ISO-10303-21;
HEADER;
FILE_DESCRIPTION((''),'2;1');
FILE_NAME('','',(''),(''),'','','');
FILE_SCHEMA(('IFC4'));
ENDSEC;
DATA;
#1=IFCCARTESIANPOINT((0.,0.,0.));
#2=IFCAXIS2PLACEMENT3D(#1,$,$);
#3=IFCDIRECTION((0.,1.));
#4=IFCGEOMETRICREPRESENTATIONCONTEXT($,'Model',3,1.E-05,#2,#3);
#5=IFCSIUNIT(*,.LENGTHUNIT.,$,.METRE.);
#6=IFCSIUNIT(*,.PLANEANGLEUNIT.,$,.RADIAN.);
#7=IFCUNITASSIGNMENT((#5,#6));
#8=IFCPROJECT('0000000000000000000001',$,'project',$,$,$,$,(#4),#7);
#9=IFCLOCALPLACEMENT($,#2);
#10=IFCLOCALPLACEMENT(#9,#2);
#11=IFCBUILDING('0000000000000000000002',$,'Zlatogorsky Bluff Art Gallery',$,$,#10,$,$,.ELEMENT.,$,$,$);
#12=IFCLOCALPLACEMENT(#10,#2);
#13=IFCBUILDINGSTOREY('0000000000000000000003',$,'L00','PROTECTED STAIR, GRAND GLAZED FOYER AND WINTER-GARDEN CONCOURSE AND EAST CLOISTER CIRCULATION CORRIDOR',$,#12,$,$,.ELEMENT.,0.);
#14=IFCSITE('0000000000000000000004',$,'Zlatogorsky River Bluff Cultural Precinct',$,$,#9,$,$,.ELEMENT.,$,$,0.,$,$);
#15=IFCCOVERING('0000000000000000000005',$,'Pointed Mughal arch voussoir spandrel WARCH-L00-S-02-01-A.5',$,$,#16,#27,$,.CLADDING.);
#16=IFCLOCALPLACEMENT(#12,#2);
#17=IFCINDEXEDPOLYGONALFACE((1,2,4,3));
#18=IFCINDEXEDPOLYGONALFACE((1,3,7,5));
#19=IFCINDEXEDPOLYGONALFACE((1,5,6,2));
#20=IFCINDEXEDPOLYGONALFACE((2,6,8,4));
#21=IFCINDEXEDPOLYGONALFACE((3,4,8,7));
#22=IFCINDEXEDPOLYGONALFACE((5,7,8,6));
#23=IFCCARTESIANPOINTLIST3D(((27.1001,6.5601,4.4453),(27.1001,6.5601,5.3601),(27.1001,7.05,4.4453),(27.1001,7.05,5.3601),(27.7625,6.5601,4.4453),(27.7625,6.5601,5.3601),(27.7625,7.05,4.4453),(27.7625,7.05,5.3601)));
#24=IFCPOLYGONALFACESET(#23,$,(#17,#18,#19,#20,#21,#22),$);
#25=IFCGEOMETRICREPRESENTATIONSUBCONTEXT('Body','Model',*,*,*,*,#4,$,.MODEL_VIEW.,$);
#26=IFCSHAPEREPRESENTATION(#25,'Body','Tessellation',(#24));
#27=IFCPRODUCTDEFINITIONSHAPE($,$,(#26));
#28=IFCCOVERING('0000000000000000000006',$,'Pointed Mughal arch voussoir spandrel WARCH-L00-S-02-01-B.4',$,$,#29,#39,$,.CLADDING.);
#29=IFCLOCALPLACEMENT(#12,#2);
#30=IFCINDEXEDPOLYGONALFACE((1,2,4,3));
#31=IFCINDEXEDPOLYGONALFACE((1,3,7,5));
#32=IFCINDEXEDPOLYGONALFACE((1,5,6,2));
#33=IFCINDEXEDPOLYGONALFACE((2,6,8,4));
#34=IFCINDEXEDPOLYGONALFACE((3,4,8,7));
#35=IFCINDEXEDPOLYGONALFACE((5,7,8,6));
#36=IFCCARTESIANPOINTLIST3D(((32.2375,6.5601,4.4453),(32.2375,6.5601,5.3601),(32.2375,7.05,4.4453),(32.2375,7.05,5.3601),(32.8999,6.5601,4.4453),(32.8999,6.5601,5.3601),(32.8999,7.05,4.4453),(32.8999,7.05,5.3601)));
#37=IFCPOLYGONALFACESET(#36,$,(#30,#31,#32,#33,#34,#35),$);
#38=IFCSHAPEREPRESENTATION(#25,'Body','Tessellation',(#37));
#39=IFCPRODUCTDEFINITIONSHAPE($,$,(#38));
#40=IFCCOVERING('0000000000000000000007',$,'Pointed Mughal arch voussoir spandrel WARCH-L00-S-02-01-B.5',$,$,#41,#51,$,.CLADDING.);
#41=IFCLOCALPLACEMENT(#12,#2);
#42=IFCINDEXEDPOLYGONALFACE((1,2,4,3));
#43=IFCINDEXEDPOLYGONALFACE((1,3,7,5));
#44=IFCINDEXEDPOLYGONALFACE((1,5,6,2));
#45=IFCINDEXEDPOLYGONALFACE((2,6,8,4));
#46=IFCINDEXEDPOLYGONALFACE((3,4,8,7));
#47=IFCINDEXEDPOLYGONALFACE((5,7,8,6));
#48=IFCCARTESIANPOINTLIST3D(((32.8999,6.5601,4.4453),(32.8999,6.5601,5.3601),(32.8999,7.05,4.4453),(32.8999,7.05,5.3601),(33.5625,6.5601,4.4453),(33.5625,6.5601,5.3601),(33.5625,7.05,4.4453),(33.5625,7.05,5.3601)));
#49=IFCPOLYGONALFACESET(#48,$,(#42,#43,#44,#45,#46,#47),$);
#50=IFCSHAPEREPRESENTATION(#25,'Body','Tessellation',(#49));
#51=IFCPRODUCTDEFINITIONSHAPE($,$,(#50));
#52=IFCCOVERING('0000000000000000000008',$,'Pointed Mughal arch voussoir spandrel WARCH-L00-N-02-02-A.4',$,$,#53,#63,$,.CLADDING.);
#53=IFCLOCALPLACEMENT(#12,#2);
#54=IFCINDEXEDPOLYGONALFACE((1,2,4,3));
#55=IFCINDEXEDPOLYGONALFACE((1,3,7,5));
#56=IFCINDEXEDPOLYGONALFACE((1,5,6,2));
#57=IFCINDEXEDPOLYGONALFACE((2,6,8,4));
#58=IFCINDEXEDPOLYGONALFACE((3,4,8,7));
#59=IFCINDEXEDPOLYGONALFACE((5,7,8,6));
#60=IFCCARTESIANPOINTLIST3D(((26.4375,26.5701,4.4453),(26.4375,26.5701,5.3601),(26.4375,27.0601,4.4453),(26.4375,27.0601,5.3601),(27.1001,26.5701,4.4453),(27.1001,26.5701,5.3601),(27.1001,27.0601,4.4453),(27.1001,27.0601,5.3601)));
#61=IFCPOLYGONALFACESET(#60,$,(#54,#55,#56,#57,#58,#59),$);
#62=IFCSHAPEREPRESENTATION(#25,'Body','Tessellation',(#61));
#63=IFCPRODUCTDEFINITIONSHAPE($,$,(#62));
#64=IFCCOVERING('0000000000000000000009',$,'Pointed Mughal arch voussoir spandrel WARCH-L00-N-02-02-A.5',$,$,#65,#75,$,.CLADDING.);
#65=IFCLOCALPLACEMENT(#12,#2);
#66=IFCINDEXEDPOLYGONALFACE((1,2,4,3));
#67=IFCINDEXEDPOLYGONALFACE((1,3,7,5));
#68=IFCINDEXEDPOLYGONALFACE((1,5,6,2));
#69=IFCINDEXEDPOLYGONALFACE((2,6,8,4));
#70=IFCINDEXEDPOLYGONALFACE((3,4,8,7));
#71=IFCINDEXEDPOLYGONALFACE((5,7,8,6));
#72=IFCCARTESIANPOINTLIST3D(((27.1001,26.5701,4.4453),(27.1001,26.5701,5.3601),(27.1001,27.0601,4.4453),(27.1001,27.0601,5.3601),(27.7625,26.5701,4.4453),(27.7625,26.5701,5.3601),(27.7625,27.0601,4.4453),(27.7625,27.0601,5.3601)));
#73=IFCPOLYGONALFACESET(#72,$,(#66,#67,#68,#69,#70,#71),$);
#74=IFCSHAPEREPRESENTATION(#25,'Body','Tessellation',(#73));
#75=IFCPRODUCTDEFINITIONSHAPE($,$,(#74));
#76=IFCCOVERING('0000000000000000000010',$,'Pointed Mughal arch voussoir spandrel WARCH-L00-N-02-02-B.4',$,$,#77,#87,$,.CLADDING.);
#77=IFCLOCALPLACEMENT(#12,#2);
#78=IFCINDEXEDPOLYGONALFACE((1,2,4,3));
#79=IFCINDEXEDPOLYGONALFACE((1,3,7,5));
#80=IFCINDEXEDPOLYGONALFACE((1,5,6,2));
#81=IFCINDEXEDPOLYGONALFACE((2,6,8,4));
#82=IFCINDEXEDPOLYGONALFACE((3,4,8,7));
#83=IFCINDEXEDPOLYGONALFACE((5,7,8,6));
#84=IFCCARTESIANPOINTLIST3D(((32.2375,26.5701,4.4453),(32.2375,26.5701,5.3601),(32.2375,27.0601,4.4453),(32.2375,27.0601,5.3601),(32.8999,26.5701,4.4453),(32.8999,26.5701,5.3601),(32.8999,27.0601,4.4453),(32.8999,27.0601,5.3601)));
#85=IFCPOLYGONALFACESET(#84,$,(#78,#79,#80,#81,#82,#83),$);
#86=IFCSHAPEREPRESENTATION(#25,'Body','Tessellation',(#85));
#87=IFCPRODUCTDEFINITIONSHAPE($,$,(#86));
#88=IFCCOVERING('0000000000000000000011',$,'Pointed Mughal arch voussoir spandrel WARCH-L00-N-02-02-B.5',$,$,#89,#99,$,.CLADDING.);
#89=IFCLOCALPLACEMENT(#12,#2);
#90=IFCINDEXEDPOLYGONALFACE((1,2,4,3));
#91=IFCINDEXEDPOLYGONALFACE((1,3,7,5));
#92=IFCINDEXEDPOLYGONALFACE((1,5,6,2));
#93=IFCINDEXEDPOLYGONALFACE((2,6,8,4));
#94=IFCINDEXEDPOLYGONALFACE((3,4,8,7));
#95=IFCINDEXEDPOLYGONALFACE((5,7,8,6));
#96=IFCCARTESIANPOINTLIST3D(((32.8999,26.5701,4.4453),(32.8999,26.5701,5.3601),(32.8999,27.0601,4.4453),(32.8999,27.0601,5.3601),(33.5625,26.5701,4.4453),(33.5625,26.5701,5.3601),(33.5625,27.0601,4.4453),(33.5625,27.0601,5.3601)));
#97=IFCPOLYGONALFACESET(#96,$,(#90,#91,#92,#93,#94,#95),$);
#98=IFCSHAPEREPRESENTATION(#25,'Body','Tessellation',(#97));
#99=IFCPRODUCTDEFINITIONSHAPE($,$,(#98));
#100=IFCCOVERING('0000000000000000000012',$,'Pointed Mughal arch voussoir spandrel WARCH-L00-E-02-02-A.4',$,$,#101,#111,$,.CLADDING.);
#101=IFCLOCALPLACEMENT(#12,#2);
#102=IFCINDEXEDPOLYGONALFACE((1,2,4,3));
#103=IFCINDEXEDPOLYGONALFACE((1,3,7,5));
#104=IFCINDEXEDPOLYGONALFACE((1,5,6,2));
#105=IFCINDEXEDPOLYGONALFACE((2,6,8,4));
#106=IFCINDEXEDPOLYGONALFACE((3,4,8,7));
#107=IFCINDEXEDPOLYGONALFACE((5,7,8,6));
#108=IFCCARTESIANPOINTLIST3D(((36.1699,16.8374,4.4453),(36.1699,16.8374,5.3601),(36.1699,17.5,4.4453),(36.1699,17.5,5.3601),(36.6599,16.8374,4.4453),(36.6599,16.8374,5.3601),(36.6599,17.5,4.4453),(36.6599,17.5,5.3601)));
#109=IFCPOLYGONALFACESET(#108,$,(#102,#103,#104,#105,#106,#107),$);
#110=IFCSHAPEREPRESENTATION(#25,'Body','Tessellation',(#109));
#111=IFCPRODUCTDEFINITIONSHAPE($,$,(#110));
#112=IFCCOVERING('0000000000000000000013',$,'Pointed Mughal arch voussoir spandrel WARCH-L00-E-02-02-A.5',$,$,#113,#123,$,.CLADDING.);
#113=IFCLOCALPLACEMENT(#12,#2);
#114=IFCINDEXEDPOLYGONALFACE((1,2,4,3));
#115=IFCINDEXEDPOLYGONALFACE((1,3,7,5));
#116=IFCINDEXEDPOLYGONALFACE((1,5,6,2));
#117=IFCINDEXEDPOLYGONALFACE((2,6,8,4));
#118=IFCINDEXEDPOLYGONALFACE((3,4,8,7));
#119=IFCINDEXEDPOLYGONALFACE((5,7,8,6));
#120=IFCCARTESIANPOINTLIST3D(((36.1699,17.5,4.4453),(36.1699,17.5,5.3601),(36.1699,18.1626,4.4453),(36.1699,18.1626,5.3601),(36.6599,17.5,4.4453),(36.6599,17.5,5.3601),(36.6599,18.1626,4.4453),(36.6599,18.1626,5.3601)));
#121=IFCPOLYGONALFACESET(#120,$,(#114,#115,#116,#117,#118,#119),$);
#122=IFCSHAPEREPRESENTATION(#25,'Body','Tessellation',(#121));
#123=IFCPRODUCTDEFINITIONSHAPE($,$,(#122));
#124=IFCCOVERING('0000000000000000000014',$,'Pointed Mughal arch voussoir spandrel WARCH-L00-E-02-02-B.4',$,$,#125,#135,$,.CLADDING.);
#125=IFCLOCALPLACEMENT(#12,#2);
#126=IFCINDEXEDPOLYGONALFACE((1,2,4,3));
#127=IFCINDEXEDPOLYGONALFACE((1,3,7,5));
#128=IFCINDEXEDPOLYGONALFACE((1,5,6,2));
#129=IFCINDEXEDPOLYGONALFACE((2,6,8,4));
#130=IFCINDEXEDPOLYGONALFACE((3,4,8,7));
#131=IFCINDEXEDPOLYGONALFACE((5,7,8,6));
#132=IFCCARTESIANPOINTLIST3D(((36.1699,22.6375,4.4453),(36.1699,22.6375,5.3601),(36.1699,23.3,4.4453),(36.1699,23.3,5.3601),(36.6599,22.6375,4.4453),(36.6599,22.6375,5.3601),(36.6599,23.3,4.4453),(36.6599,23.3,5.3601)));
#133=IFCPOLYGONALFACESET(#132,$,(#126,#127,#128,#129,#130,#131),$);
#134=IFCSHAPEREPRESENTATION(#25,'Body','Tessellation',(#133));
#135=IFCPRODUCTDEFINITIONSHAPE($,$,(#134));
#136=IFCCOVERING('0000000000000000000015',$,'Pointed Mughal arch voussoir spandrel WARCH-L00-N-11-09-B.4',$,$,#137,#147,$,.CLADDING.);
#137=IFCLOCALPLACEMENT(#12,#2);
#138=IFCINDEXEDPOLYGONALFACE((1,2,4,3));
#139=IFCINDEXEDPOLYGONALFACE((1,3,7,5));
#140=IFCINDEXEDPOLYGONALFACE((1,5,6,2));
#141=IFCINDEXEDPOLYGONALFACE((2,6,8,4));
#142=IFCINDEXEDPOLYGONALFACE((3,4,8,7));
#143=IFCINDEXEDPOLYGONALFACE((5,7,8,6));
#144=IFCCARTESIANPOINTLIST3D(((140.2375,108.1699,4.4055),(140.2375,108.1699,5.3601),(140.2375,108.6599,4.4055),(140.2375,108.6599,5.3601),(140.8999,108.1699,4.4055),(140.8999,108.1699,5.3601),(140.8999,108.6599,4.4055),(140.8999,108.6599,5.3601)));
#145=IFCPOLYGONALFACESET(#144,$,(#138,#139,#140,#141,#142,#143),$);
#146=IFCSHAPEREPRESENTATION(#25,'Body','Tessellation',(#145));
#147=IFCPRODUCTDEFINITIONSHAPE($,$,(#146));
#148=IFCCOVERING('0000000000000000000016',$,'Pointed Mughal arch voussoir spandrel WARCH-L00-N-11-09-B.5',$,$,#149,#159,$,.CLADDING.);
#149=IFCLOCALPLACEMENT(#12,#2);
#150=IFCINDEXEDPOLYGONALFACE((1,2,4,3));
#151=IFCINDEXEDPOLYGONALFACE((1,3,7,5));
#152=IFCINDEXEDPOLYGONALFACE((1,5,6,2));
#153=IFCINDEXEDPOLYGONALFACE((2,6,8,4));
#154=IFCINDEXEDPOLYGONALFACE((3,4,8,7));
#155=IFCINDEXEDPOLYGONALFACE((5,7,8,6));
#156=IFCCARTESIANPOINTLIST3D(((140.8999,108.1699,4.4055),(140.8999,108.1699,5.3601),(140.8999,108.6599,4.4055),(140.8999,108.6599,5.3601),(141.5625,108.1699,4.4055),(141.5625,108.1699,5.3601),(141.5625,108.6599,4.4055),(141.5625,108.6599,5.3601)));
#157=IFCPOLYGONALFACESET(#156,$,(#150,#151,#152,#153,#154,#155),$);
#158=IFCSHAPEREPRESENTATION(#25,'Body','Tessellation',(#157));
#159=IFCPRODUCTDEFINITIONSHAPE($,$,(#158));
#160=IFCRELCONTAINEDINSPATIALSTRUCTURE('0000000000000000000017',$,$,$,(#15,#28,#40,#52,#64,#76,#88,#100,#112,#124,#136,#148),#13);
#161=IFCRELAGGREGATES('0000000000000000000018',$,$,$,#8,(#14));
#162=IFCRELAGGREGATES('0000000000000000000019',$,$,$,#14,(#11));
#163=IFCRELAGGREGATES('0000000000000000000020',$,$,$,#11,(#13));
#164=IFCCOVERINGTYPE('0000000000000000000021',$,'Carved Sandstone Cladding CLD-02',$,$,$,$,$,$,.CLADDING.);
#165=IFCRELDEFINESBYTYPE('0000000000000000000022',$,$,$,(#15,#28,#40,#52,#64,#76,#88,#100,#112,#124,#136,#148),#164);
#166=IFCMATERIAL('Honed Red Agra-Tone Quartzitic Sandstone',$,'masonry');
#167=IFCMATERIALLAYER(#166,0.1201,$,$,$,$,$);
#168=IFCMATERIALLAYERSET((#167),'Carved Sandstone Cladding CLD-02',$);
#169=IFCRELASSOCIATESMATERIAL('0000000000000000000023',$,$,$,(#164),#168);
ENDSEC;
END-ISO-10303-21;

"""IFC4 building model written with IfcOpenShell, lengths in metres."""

from ifc_helpers import new_model, si_unit, direction, frame, origin, place, context, subcontext, project, spatial, polyline, outline, extrude, material, layer, layer_set, type_object, element, save


model = new_model("IFC4")

# Units and contexts
model_context = context("Model", 3, precision=1e-05, world=origin(), true_north=direction((0.0, 1.0)))
body_context = subcontext(model_context, "Body", "Model", "MODEL_VIEW")
ifc_project = project(units=[si_unit("LENGTHUNIT", "METRE"), si_unit("PLANEANGLEUNIT", "RADIAN")], contexts=[model_context])

# Site, building, storey
site_placement = place(None, origin())
site = spatial("IfcSite", under=ifc_project, at=site_placement, Name="Zlatogorsky River Bluff Cultural Precinct", CompositionType="ELEMENT", RefElevation=0.0)
building_placement = place(site_placement, origin())
building = spatial("IfcBuilding", under=site, at=building_placement, Name="Zlatogorsky Bluff Art Gallery", CompositionType="ELEMENT")
storey_placement = place(building_placement, origin())
storey = spatial("IfcBuildingStorey", under=building, at=storey_placement, Name="L00", Description="PROTECTED STAIR, GRAND GLAZED FOYER AND WINTER-GARDEN CONCOURSE AND EAST CLOISTER CIRCULATION CORRIDOR", CompositionType="ELEMENT", Elevation=0.0)

# Coverings
ifc_material = material(Name="Honed Red Agra-Tone Quartzitic Sandstone", Category="masonry")
ifc_layer = layer(ifc_material, 0.1201)
ifc_layer_set = layer_set([ifc_layer], Name="Carved Sandstone Cladding CLD-02")
covering_type = type_object("IfcCoveringType", Name="Carved Sandstone Cladding CLD-02", PredefinedType="CLADDING", material=ifc_layer_set)
covering_1_placement = place(storey_placement, frame((0.0, 0.0, 4.4453)))
element("IfcCovering", 1, at=covering_1_placement, inside=storey, type_object=covering_type, Name="Pointed Mughal arch voussoir spandrel WARCH-L00-S-02-01-A.5", PredefinedType="CLADDING", context=body_context, shape_type="SweptSolid", body=[
    extrude(outline(polyline([(27.1001, 6.5601), (27.7625, 6.5601), (27.7625, 7.05), (27.1001, 7.05), (27.1001, 6.5601)])), origin(), (0.0, 0.0, 1.0), 0.9148),
])
covering_2_placement = place(storey_placement, frame((0.0, 0.0, 4.4453)))
element("IfcCovering", 2, at=covering_2_placement, inside=storey, type_object=covering_type, Name="Pointed Mughal arch voussoir spandrel WARCH-L00-S-02-01-B.4", PredefinedType="CLADDING", context=body_context, shape_type="SweptSolid", body=[
    extrude(outline(polyline([(32.2375, 6.5601), (32.8999, 6.5601), (32.8999, 7.05), (32.2375, 7.05), (32.2375, 6.5601)])), origin(), (0.0, 0.0, 1.0), 0.9148),
])
covering_3_placement = place(storey_placement, frame((0.0, 0.0, 4.4453)))
element("IfcCovering", 3, at=covering_3_placement, inside=storey, type_object=covering_type, Name="Pointed Mughal arch voussoir spandrel WARCH-L00-S-02-01-B.5", PredefinedType="CLADDING", context=body_context, shape_type="SweptSolid", body=[
    extrude(outline(polyline([(32.8999, 6.5601), (33.5625, 6.5601), (33.5625, 7.05), (32.8999, 7.05), (32.8999, 6.5601)])), origin(), (0.0, 0.0, 1.0), 0.9148),
])
covering_4_placement = place(storey_placement, frame((0.0, 0.0, 4.4453)))
element("IfcCovering", 4, at=covering_4_placement, inside=storey, type_object=covering_type, Name="Pointed Mughal arch voussoir spandrel WARCH-L00-N-02-02-A.4", PredefinedType="CLADDING", context=body_context, shape_type="SweptSolid", body=[
    extrude(outline(polyline([(26.4375, 26.5701), (27.1001, 26.5701), (27.1001, 27.0601), (26.4375, 27.0601), (26.4375, 26.5701)])), origin(), (0.0, 0.0, 1.0), 0.9148),
])
covering_5_placement = place(storey_placement, frame((0.0, 0.0, 4.4453)))
element("IfcCovering", 5, at=covering_5_placement, inside=storey, type_object=covering_type, Name="Pointed Mughal arch voussoir spandrel WARCH-L00-N-02-02-A.5", PredefinedType="CLADDING", context=body_context, shape_type="SweptSolid", body=[
    extrude(outline(polyline([(27.1001, 26.5701), (27.7625, 26.5701), (27.7625, 27.0601), (27.1001, 27.0601), (27.1001, 26.5701)])), origin(), (0.0, 0.0, 1.0), 0.9148),
])
covering_6_placement = place(storey_placement, frame((0.0, 0.0, 4.4453)))
element("IfcCovering", 6, at=covering_6_placement, inside=storey, type_object=covering_type, Name="Pointed Mughal arch voussoir spandrel WARCH-L00-N-02-02-B.4", PredefinedType="CLADDING", context=body_context, shape_type="SweptSolid", body=[
    extrude(outline(polyline([(32.2375, 26.5701), (32.8999, 26.5701), (32.8999, 27.0601), (32.2375, 27.0601), (32.2375, 26.5701)])), origin(), (0.0, 0.0, 1.0), 0.9148),
])
covering_7_placement = place(storey_placement, frame((0.0, 0.0, 4.4453)))
element("IfcCovering", 7, at=covering_7_placement, inside=storey, type_object=covering_type, Name="Pointed Mughal arch voussoir spandrel WARCH-L00-N-02-02-B.5", PredefinedType="CLADDING", context=body_context, shape_type="SweptSolid", body=[
    extrude(outline(polyline([(32.8999, 26.5701), (33.5625, 26.5701), (33.5625, 27.0601), (32.8999, 27.0601), (32.8999, 26.5701)])), origin(), (0.0, 0.0, 1.0), 0.9148),
])
covering_8_placement = place(storey_placement, frame((0.0, 0.0, 4.4453)))
element("IfcCovering", 8, at=covering_8_placement, inside=storey, type_object=covering_type, Name="Pointed Mughal arch voussoir spandrel WARCH-L00-E-02-02-A.4", PredefinedType="CLADDING", context=body_context, shape_type="SweptSolid", body=[
    extrude(outline(polyline([(36.1699, 16.8374), (36.1699, 17.5), (36.6599, 17.5), (36.6599, 16.8374), (36.1699, 16.8374)])), origin(), (0.0, 0.0, 1.0), 0.9148),
])
covering_9_placement = place(storey_placement, frame((0.0, 0.0, 4.4453)))
element("IfcCovering", 9, at=covering_9_placement, inside=storey, type_object=covering_type, Name="Pointed Mughal arch voussoir spandrel WARCH-L00-E-02-02-A.5", PredefinedType="CLADDING", context=body_context, shape_type="SweptSolid", body=[
    extrude(outline(polyline([(36.1699, 17.5), (36.1699, 18.1626), (36.6599, 18.1626), (36.6599, 17.5), (36.1699, 17.5)])), origin(), (0.0, 0.0, 1.0), 0.9148),
])
covering_10_placement = place(storey_placement, frame((0.0, 0.0, 4.4453)))
element("IfcCovering", 10, at=covering_10_placement, inside=storey, type_object=covering_type, Name="Pointed Mughal arch voussoir spandrel WARCH-L00-E-02-02-B.4", PredefinedType="CLADDING", context=body_context, shape_type="SweptSolid", body=[
    extrude(outline(polyline([(36.1699, 22.6375), (36.1699, 23.3), (36.6599, 23.3), (36.6599, 22.6375), (36.1699, 22.6375)])), origin(), (0.0, 0.0, 1.0), 0.9148),
])
covering_11_placement = place(storey_placement, frame((0.0, 0.0, 4.4055)))
element("IfcCovering", 11, at=covering_11_placement, inside=storey, type_object=covering_type, Name="Pointed Mughal arch voussoir spandrel WARCH-L00-N-11-09-B.4", PredefinedType="CLADDING", context=body_context, shape_type="SweptSolid", body=[
    extrude(outline(polyline([(140.2375, 108.1699), (140.8999, 108.1699), (140.8999, 108.6599), (140.2375, 108.6599), (140.2375, 108.1699)])), origin(), (0.0, 0.0, 1.0), 0.9546),
])
covering_12_placement = place(storey_placement, frame((0.0, 0.0, 4.4055)))
element("IfcCovering", 12, at=covering_12_placement, inside=storey, type_object=covering_type, Name="Pointed Mughal arch voussoir spandrel WARCH-L00-N-11-09-B.5", PredefinedType="CLADDING", context=body_context, shape_type="SweptSolid", body=[
    extrude(outline(polyline([(140.8999, 108.1699), (141.5625, 108.1699), (141.5625, 108.6599), (140.8999, 108.6599), (140.8999, 108.1699)])), origin(), (0.0, 0.0, 1.0), 0.9546),
])

save(model, "model.ifc")
